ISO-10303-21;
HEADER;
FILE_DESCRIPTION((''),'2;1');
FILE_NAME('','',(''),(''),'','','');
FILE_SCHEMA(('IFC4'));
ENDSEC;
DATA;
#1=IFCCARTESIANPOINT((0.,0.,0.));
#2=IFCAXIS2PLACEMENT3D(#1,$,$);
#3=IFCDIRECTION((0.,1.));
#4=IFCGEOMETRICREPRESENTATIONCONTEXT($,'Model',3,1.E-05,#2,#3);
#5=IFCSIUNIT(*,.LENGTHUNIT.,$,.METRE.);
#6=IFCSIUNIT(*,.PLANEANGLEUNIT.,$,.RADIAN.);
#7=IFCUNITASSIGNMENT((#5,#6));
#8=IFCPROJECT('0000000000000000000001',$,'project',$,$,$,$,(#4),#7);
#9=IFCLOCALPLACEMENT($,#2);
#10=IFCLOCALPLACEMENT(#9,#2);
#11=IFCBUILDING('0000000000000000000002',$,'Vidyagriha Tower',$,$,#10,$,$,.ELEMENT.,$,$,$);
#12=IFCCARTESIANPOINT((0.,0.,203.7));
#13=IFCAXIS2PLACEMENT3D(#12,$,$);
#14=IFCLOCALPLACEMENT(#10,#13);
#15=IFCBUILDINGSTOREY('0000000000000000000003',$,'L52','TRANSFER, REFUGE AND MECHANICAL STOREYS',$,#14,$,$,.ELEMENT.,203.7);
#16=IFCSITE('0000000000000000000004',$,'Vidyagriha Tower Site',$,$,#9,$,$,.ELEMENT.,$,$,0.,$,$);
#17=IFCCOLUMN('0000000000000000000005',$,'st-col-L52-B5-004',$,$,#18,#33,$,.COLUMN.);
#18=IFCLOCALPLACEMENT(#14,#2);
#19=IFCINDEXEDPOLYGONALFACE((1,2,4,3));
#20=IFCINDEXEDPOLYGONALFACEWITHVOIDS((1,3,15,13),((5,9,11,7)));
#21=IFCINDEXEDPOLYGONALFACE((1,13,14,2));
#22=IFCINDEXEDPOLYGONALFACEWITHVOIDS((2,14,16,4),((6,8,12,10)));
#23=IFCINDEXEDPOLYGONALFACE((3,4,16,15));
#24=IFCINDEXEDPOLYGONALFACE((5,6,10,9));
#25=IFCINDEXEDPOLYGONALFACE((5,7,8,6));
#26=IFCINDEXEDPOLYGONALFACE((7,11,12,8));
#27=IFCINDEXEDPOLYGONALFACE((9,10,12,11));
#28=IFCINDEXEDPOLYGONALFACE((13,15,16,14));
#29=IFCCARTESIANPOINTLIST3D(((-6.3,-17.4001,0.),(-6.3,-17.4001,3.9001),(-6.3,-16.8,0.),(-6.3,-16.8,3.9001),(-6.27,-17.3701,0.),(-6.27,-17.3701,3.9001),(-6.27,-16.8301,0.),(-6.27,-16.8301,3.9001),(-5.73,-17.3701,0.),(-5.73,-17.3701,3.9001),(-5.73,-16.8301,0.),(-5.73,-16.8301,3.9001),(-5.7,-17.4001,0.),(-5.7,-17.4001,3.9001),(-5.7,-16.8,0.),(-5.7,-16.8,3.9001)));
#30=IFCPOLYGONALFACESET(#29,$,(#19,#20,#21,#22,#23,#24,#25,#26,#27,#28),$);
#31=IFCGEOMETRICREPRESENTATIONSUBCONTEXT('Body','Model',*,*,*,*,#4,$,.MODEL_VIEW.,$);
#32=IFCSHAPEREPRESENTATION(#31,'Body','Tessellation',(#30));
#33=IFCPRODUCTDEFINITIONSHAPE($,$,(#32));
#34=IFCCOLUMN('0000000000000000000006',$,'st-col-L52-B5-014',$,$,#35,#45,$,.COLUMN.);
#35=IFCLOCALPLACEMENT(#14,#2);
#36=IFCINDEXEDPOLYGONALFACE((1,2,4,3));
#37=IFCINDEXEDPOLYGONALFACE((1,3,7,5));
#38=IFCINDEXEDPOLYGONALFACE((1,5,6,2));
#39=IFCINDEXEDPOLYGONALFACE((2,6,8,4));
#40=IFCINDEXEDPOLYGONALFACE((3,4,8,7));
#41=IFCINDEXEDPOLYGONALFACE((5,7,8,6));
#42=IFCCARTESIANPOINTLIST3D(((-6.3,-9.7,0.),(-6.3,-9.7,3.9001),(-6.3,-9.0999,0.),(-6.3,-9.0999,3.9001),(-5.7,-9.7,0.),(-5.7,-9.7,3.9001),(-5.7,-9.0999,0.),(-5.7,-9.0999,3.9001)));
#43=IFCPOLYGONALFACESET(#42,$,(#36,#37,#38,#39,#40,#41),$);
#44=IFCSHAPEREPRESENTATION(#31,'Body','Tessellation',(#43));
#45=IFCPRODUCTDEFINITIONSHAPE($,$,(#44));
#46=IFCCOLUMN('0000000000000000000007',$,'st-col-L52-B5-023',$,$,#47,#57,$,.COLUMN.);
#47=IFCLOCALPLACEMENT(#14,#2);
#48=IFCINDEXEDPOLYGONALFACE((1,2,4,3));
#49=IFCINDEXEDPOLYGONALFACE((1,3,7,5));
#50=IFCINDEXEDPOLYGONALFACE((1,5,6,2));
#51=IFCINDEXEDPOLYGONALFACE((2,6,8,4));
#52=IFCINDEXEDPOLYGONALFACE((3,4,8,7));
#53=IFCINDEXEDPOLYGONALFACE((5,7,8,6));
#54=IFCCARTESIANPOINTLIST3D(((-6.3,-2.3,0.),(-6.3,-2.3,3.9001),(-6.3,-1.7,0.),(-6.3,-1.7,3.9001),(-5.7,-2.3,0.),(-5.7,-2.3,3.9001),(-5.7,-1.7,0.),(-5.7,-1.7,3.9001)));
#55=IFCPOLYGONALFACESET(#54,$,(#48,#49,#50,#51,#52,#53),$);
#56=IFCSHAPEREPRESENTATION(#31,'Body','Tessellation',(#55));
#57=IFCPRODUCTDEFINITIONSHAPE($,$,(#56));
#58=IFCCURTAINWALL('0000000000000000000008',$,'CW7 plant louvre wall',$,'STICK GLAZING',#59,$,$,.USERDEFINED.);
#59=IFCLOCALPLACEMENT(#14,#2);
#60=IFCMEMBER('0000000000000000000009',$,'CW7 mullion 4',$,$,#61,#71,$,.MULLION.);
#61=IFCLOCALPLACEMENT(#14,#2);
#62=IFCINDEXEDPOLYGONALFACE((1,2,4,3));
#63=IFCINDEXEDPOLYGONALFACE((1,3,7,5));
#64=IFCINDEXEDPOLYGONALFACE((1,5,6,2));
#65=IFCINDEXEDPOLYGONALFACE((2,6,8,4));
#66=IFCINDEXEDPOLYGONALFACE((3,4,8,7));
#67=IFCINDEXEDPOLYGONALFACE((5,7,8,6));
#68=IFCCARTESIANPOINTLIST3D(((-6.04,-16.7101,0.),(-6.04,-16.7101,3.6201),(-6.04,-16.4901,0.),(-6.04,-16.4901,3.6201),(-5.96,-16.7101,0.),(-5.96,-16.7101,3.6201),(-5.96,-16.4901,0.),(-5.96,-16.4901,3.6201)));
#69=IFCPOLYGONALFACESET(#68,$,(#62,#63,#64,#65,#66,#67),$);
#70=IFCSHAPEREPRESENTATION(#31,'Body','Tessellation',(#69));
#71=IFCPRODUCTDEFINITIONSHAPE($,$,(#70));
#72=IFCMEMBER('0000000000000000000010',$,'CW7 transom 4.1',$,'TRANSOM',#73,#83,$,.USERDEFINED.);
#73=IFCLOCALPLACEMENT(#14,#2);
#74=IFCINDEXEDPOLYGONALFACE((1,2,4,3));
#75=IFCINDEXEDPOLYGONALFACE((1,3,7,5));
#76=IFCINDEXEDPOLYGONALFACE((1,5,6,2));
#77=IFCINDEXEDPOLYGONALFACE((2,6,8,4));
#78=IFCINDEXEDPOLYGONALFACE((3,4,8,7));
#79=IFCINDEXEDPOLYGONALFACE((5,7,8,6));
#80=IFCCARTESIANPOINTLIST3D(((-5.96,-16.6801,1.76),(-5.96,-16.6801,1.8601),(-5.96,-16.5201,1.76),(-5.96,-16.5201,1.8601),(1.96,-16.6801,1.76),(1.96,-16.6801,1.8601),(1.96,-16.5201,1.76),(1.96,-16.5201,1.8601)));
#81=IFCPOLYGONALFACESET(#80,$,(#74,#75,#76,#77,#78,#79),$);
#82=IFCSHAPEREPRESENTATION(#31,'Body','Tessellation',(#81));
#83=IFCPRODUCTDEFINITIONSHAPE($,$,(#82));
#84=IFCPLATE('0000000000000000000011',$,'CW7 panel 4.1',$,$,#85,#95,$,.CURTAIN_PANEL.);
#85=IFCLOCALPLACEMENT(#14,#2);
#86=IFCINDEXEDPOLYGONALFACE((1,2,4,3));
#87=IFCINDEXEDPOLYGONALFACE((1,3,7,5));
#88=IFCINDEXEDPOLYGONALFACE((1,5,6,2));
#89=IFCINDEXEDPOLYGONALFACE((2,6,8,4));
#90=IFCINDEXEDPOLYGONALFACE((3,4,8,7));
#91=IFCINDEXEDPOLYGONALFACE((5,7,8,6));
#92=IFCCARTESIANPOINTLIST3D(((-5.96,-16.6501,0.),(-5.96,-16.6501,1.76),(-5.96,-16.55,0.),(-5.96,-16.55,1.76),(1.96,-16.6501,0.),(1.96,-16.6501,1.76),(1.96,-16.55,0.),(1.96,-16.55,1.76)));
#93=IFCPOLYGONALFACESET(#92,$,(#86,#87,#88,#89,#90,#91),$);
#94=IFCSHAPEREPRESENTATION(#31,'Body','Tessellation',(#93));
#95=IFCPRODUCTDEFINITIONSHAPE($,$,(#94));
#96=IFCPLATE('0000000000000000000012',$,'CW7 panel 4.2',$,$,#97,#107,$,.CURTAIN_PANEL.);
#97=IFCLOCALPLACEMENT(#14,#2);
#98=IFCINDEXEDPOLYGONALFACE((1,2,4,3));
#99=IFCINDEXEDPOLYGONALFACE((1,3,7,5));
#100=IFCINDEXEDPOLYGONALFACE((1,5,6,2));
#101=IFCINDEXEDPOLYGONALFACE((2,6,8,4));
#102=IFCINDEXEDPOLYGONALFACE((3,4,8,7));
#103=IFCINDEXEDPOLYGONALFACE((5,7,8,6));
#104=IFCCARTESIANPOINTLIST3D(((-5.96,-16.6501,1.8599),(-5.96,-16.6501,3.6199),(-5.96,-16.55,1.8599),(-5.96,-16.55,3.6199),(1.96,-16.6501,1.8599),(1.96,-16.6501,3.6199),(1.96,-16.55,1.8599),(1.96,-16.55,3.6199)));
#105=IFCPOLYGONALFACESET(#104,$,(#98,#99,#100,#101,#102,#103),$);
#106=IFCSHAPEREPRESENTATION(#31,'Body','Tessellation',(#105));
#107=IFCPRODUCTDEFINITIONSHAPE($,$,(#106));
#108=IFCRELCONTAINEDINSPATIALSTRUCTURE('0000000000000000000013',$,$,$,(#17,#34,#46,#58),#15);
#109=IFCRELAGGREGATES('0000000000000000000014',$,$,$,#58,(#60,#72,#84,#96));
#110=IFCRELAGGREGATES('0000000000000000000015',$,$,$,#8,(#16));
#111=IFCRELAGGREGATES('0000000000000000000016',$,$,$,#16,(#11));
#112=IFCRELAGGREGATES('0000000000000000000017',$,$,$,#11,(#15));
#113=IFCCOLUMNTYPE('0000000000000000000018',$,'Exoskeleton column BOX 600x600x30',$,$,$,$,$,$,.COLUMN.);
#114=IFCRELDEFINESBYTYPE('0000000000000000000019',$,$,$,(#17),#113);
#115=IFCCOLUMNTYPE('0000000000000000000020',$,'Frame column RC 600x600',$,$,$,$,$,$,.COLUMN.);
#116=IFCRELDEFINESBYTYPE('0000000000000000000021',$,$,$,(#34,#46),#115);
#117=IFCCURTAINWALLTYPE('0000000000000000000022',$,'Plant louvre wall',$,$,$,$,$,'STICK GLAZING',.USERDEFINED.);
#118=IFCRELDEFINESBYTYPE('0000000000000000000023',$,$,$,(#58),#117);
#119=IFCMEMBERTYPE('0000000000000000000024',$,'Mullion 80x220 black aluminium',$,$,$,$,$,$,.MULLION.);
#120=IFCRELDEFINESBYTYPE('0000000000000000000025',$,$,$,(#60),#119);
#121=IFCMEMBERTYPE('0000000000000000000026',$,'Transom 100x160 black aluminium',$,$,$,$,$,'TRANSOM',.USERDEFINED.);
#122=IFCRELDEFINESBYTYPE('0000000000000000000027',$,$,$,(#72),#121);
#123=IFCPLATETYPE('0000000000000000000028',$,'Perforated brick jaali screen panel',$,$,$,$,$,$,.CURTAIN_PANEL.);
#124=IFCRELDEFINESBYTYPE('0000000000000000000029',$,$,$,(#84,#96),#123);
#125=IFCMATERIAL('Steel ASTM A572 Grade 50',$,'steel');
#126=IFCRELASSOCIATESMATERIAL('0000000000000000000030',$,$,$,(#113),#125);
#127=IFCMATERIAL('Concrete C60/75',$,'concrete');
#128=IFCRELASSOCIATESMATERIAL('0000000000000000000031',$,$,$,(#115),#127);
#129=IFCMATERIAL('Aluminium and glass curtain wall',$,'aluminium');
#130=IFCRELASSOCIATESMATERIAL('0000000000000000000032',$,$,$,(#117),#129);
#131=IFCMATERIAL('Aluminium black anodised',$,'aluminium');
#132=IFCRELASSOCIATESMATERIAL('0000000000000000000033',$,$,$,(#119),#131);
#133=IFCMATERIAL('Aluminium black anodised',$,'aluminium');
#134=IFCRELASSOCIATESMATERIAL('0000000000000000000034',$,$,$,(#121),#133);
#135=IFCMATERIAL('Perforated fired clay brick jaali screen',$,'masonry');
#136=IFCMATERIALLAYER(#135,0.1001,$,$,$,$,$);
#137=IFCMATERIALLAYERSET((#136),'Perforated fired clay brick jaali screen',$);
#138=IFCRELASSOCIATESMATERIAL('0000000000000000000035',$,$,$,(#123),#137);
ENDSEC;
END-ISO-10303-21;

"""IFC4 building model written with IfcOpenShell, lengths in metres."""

from ifc_helpers import new_model, si_unit, direction, frame, origin, origin_2d, place, context, subcontext, project, spatial, rectangle, hollow_rectangle, extrude, material, layer, layer_set, material_profile, profile_set, type_object, element, aggregate, save


model = new_model("IFC4")

# Units and contexts
model_context = context("Model", 3, precision=1e-05, world=origin(), true_north=direction((0.0, 1.0)))
body_context = subcontext(model_context, "Body", "Model", "MODEL_VIEW")
ifc_project = project(units=[si_unit("LENGTHUNIT", "METRE"), si_unit("PLANEANGLEUNIT", "RADIAN")], contexts=[model_context])

# Site, building, storey
site_placement = place(None, origin())
site = spatial("IfcSite", under=ifc_project, at=site_placement, Name="Vidyagriha Tower Site", CompositionType="ELEMENT", RefElevation=0.0)
building_placement = place(site_placement, origin())
building = spatial("IfcBuilding", under=site, at=building_placement, Name="Vidyagriha Tower", CompositionType="ELEMENT")
storey_placement = place(building_placement, frame((0.0, 0.0, 203.7)))
storey = spatial("IfcBuildingStorey", under=building, at=storey_placement, Name="L52", Description="TRANSFER, REFUGE AND MECHANICAL STOREYS", CompositionType="ELEMENT", Elevation=203.7)

# Columns
ifc_material_1 = material(Name="Steel ASTM A572 Grade 50", Category="steel")
ifc_material_profile_1 = material_profile(ifc_material_1, hollow_rectangle(XDim=0.6001, YDim=0.6001, WallThickness=0.03, at=origin_2d()), Name="BOX 600x600x30")
ifc_profile_set_1 = profile_set([ifc_material_profile_1], Name="Steel ASTM A572 Grade 50")
column_type_1 = type_object("IfcColumnType", Name="Exoskeleton column BOX 600x600x30", PredefinedType="COLUMN", material=ifc_profile_set_1)
column_placement = place(storey_placement, frame((-6.0, -17.1001, 0.0)))
element("IfcColumn", 1, at=column_placement, inside=storey, type_object=column_type_1, Name="st-col-L52-B5-004", PredefinedType="COLUMN", context=body_context, shape_type="SweptSolid", body=[
    extrude(hollow_rectangle(XDim=0.6001, YDim=0.6001, WallThickness=0.03, at=origin_2d()), origin(), (0.0, 0.0, 1.0), 3.9001),
])
ifc_material_2 = material(Name="Concrete C60/75", Category="concrete")
ifc_material_profile_2 = material_profile(ifc_material_2, rectangle(XDim=0.6001, YDim=0.6001, at=origin_2d()), Name="RC 600x600")
ifc_profile_set_2 = profile_set([ifc_material_profile_2], Name="Concrete C60/75")
column_type_2 = type_object("IfcColumnType", Name="Frame column RC 600x600", PredefinedType="COLUMN", material=ifc_profile_set_2)
for number, where, name in (
    (2, (-6.0, -9.3999, 0.0), "st-col-L52-B5-014"),
    (3, (-6.0, -2.0, 0.0), "st-col-L52-B5-023"),
):
    element("IfcColumn", number, at=place(storey_placement, frame(where)), inside=storey, type_object=column_type_2, Name=name, PredefinedType="COLUMN", context=body_context, shape_type="SweptSolid", body=[
        extrude(rectangle(XDim=0.6001, YDim=0.6001, at=origin_2d()), origin(), (0.0, 0.0, 1.0), 3.9001),
    ])

# Curtain wall, members, plates
ifc_material_3 = material(Name="Aluminium and glass curtain wall", Category="aluminium")
curtain_wall_type = type_object("IfcCurtainWallType", Name="Plant louvre wall", ElementType="STICK GLAZING", PredefinedType="USERDEFINED", material=ifc_material_3)
curtain_wall_placement = place(storey_placement, origin())
curtain_wall = element("IfcCurtainWall", 4, at=curtain_wall_placement, inside=storey, type_object=curtain_wall_type, Name="CW7 plant louvre wall", ObjectType="STICK GLAZING", PredefinedType="USERDEFINED")
ifc_material_4 = material(Name="Aluminium black anodised", Category="aluminium")
ifc_material_profile_3 = material_profile(ifc_material_4, rectangle(XDim=0.22, YDim=0.0801, at=origin_2d()), Name="Mullion 80x220 black aluminium")
ifc_profile_set_3 = profile_set([ifc_material_profile_3], Name="Aluminium black anodised")
member_type_1 = type_object("IfcMemberType", Name="Mullion 80x220 black aluminium", PredefinedType="MULLION", material=ifc_profile_set_3)
member_1_placement = place(storey_placement, frame((-6.0, -16.6001, 0.0), z_axis=(0.0, 0.0, 1.0), x_axis=(0.0, 1.0, 0.0)))
member_1 = element("IfcMember", 5, at=member_1_placement, type_object=member_type_1, Name="CW7 mullion 4", PredefinedType="MULLION", context=body_context, shape_type="SweptSolid", body=[
    extrude(rectangle(XDim=0.22, YDim=0.0801, at=origin_2d()), origin(), (0.0, 0.0, 1.0), 3.6201),
])
ifc_material_5 = material(Name="Aluminium black anodised", Category="aluminium")
ifc_material_profile_4 = material_profile(ifc_material_5, rectangle(XDim=0.1599, YDim=0.1001, at=origin_2d()), Name="Transom 100x160 black aluminium")
ifc_profile_set_4 = profile_set([ifc_material_profile_4], Name="Aluminium black anodised")
member_type_2 = type_object("IfcMemberType", Name="Transom 100x160 black aluminium", ElementType="TRANSOM", PredefinedType="USERDEFINED", material=ifc_profile_set_4)
member_2_placement = place(storey_placement, frame((-5.96, -16.6001, 1.8101), z_axis=(1.0, 0.0, 0.0), x_axis=(0.0, 1.0, 0.0)))
member_2 = element("IfcMember", 6, at=member_2_placement, type_object=member_type_2, Name="CW7 transom 4.1", ObjectType="TRANSOM", PredefinedType="USERDEFINED", context=body_context, shape_type="SweptSolid", body=[
    extrude(rectangle(XDim=0.1599, YDim=0.1001, at=origin_2d()), origin(), (0.0, 0.0, 1.0), 7.9199),
])
ifc_material_6 = material(Name="Perforated fired clay brick jaali screen", Category="masonry")
ifc_layer_1 = layer(ifc_material_6, 0.1001)
ifc_layer_set_1 = layer_set([ifc_layer_1], Name="Perforated fired clay brick jaali screen")
plate_type = type_object("IfcPlateType", Name="Perforated brick jaali screen panel", PredefinedType="CURTAIN_PANEL", material=ifc_layer_set_1)
plate_1_placement = place(storey_placement, frame((-2.0, -16.6001, 0.0)))
plate_1 = element("IfcPlate", 7, at=plate_1_placement, type_object=plate_type, Name="CW7 panel 4.1", PredefinedType="CURTAIN_PANEL", context=body_context, shape_type="SweptSolid", body=[
    extrude(rectangle(XDim=7.9199, YDim=0.1001, at=origin_2d()), origin(), (0.0, 0.0, 1.0), 1.76),
])
plate_2_placement = place(storey_placement, frame((-2.0, -16.6001, 1.8599)))
plate_2 = element("IfcPlate", 8, at=plate_2_placement, type_object=plate_type, Name="CW7 panel 4.2", PredefinedType="CURTAIN_PANEL", context=body_context, shape_type="SweptSolid", body=[
    extrude(rectangle(XDim=7.9199, YDim=0.1001, at=origin_2d()), origin(), (0.0, 0.0, 1.0), 1.76),
])
aggregate(curtain_wall, [member_1, member_2, plate_1, plate_2])

save(model, "model.ifc")
